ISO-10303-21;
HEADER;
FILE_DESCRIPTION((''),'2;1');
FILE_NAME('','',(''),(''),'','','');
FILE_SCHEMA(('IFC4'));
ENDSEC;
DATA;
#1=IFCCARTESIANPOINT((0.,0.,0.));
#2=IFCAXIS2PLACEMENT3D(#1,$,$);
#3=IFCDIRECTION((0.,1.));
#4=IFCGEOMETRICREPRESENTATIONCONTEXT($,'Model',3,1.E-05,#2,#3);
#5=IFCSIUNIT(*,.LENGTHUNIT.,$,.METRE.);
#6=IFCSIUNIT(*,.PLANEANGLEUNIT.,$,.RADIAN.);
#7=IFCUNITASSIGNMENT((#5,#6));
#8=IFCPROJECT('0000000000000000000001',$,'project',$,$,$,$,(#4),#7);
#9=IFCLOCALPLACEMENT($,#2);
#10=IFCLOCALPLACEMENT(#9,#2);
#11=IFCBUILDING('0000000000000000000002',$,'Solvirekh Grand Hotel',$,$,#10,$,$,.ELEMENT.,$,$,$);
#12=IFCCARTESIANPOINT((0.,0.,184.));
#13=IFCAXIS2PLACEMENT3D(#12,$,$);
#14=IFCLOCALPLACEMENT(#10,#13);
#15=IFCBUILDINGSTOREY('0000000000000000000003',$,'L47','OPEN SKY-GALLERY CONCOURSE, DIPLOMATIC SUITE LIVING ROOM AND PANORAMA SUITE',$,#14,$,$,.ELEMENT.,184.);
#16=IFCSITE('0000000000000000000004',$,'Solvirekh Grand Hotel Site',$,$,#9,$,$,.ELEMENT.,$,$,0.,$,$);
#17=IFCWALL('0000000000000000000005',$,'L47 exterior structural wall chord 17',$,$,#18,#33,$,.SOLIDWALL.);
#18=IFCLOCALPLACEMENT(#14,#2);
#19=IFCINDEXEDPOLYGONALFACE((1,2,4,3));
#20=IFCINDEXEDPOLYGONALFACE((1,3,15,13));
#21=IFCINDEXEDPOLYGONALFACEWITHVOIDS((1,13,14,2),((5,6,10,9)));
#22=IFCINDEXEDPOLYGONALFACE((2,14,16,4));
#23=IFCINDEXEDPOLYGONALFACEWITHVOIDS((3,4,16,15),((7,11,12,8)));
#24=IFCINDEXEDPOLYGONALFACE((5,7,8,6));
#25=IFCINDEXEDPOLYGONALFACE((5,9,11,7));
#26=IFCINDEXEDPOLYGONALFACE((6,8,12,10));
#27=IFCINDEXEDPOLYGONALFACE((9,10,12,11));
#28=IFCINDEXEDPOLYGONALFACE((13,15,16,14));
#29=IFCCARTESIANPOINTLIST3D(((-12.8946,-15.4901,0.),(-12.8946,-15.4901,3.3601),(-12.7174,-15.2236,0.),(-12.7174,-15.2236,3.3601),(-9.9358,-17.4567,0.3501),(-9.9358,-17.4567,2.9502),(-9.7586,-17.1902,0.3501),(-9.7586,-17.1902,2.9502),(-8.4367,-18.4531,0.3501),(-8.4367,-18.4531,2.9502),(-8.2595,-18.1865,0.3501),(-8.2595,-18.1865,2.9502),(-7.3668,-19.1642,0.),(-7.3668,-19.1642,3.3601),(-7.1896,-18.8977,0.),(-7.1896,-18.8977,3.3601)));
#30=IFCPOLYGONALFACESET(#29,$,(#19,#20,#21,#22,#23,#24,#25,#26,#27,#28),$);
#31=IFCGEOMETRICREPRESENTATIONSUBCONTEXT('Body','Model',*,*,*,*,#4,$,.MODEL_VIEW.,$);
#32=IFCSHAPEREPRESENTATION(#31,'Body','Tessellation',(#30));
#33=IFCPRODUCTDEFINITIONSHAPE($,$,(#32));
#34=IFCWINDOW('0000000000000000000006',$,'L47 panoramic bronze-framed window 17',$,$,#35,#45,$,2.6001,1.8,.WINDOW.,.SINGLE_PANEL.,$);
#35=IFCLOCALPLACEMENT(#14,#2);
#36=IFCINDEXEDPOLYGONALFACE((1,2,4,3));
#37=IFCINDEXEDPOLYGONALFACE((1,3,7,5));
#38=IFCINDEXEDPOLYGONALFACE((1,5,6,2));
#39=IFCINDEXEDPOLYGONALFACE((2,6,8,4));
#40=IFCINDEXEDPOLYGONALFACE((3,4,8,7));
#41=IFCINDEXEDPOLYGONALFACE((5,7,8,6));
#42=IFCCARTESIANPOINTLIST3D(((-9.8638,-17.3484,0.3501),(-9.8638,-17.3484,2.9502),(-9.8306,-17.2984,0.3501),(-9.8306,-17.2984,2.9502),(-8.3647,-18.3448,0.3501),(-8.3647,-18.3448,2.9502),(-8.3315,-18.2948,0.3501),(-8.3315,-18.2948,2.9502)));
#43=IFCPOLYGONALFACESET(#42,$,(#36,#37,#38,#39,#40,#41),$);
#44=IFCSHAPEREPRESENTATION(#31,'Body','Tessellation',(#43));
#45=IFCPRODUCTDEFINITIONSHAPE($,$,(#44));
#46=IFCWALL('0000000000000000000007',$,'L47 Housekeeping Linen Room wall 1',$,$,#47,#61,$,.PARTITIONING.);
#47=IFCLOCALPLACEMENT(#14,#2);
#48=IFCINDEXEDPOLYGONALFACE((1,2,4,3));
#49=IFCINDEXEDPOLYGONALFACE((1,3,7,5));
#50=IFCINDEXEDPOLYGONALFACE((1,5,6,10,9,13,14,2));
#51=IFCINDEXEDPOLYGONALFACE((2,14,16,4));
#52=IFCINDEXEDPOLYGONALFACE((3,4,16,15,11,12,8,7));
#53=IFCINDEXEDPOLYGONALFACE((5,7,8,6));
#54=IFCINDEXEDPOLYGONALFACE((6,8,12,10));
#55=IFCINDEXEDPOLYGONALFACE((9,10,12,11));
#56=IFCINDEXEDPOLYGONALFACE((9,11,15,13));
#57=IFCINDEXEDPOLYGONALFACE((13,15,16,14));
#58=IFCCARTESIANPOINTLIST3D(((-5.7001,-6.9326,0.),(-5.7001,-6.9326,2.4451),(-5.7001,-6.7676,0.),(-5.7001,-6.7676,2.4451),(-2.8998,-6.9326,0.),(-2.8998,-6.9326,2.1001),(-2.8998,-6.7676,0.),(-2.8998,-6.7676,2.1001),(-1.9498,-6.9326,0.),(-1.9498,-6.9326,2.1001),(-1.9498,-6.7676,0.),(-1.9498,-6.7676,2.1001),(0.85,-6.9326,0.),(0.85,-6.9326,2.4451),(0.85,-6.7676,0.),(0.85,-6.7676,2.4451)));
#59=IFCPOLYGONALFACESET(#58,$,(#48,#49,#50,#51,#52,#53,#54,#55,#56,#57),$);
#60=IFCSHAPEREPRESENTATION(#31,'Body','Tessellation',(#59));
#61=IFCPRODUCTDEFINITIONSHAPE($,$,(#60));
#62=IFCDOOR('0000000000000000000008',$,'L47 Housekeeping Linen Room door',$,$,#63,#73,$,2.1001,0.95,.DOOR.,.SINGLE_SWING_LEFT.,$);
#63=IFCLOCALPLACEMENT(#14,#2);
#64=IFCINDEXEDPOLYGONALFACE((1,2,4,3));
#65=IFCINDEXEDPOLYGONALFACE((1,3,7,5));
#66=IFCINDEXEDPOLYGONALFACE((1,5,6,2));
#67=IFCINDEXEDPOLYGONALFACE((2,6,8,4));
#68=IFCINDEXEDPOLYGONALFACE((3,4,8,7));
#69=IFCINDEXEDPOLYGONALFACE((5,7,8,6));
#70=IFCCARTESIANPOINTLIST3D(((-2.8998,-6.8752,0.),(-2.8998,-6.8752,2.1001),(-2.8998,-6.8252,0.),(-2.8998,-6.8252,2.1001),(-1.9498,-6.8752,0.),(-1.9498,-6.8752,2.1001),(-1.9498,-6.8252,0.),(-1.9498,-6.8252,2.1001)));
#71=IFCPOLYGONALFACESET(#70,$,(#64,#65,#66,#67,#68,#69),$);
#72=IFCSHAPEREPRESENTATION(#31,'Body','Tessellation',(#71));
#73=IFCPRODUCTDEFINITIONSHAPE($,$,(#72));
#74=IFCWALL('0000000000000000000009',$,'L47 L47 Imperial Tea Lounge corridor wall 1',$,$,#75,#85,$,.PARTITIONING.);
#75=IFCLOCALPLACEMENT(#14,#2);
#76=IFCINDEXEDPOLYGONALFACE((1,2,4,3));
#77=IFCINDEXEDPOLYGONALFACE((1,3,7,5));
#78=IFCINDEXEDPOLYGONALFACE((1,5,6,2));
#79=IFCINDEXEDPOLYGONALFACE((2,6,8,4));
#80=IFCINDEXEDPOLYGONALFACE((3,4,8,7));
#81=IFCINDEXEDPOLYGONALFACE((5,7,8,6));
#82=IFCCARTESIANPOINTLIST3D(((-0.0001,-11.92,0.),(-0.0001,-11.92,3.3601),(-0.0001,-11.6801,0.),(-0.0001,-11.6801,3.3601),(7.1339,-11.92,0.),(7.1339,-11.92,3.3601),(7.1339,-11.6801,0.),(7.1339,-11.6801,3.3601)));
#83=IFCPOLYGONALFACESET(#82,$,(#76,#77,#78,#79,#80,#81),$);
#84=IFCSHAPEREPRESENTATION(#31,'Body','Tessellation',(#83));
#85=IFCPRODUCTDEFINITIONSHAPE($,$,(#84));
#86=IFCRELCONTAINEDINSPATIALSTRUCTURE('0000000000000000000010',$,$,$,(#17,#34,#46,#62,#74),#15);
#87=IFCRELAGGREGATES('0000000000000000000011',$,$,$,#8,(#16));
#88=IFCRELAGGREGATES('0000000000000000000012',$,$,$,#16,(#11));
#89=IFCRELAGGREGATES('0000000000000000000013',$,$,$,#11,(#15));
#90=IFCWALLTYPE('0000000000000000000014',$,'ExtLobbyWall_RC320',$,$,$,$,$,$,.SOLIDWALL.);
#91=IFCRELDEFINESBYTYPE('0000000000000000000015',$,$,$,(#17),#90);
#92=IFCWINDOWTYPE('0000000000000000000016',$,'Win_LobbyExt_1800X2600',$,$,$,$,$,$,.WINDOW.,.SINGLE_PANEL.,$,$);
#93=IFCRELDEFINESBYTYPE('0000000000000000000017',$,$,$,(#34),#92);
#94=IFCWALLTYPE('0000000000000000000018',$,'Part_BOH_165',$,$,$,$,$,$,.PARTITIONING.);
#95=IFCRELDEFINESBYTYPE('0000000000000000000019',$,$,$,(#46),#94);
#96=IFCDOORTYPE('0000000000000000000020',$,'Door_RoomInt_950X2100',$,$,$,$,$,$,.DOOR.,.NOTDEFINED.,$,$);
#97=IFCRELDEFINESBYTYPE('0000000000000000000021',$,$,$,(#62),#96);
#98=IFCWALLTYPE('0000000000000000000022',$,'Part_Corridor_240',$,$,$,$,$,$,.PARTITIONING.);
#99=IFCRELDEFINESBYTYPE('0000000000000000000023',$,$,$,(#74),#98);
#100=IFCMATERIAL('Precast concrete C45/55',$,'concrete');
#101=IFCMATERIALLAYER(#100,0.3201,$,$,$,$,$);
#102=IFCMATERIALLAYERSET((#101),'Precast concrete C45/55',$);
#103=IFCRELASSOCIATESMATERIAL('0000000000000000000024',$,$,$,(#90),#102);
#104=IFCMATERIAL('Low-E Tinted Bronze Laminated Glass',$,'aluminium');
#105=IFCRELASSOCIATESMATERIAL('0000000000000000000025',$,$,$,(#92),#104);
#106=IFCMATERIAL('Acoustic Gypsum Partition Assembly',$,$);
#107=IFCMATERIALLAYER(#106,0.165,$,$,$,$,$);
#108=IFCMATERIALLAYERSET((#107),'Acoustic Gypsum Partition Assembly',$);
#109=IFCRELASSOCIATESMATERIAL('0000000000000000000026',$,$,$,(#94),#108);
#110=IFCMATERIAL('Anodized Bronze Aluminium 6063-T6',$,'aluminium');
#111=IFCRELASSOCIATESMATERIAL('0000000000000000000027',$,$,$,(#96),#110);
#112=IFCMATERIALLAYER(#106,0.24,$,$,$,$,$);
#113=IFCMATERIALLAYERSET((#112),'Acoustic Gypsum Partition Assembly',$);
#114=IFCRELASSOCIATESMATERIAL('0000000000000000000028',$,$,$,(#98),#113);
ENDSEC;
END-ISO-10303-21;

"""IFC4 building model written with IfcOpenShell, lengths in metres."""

from ifc_helpers import new_model, si_unit, direction, frame, frame_2d, origin, place, context, subcontext, project, spatial, rectangle, extrude, material, layer, layer_set, type_object, element, fill, save


model = new_model("IFC4")

# Units and contexts
model_context = context("Model", 3, precision=1e-05, world=origin(), true_north=direction((0.0, 1.0)))
body_context = subcontext(model_context, "Body", "Model", "MODEL_VIEW")
ifc_project = project(units=[si_unit("LENGTHUNIT", "METRE"), si_unit("PLANEANGLEUNIT", "RADIAN")], contexts=[model_context])

# Site, building, storey
site_placement = place(None, origin())
site = spatial("IfcSite", under=ifc_project, at=site_placement, Name="Solvirekh Grand Hotel Site", CompositionType="ELEMENT", RefElevation=0.0)
building_placement = place(site_placement, origin())
building = spatial("IfcBuilding", under=site, at=building_placement, Name="Solvirekh Grand Hotel", CompositionType="ELEMENT")
storey_placement = place(building_placement, frame((0.0, 0.0, 184.0)))
storey = spatial("IfcBuildingStorey", under=building, at=storey_placement, Name="L47", Description="OPEN SKY-GALLERY CONCOURSE, DIPLOMATIC SUITE LIVING ROOM AND PANORAMA SUITE", CompositionType="ELEMENT", Elevation=184.0)

# Shared definitions
ifc_material_1 = material(Name="Anodized Bronze Aluminium 6063-T6", Category="aluminium")
ifc_material_2 = material(Name="Low-E Tinted Bronze Laminated Glass", Category="aluminium")

# Wall, opening, window
ifc_material_3 = material(Name="Precast concrete C45/55", Category="concrete")
ifc_layer_1 = layer(ifc_material_3, 0.3201)
ifc_layer_set_1 = layer_set([ifc_layer_1], Name="Precast concrete C45/55")
wall_type_1 = type_object("IfcWallType", Name="ExtLobbyWall_RC320", PredefinedType="SOLIDWALL", material=ifc_layer_set_1)
wall_1_placement = place(storey_placement, frame((-7.2781, -19.031, 0.0), z_axis=(0.0, 0.0, 1.0), x_axis=(-0.832825, 0.553537, 0.0)))
wall_1 = element("IfcWall", 1, at=wall_1_placement, inside=storey, type_object=wall_type_1, Name="L47 exterior structural wall chord 17", PredefinedType="SOLIDWALL", context=body_context, shape_type="SweptSolid", body=[
    extrude(rectangle(XDim=6.6375, YDim=0.3201, at=frame_2d((3.3188, 0.0))), origin(), (0.0, 0.0, 1.0), 3.3601),
])
opening_1_placement = place(wall_1_placement, frame((1.2849, 0.0, 0.3501)))
opening_1 = element("IfcOpeningElement", 2, at=opening_1_placement, cuts=wall_1, PredefinedType="OPENING", context=body_context, shape_type="SweptSolid", body=[
    extrude(rectangle(XDim=1.8, YDim=2.6001, at=frame_2d((0.8999, 1.3))), frame((0.0, 0.1699, 0.0), z_axis=(0.0, -1.0, 0.0), x_axis=(1.0, 0.0, 0.0)), (0.0, 0.0, 1.0), 0.3401),
])
window_type = type_object("IfcWindowType", Name="Win_LobbyExt_1800X2600", PartitioningType="SINGLE_PANEL", PredefinedType="WINDOW", material=ifc_material_2)
window_placement = place(opening_1_placement, origin())
window = element("IfcWindow", 3, at=window_placement, inside=storey, type_object=window_type, Name="L47 panoramic bronze-framed window 17", OverallHeight=2.6001, OverallWidth=1.8, PartitioningType="SINGLE_PANEL", PredefinedType="WINDOW", context=body_context, shape_type="SweptSolid", body=[
    extrude(rectangle(XDim=1.8, YDim=2.6001, at=frame_2d((0.8999, 1.3))), frame((0.0, 0.03, 0.0), z_axis=(0.0, -1.0, 0.0), x_axis=(1.0, 0.0, 0.0)), (0.0, 0.0, 1.0), 0.0601),
])
fill(opening_1, window)

# Wall, opening, door
ifc_material_4 = material(Name="Acoustic Gypsum Partition Assembly")
ifc_layer_2 = layer(ifc_material_4, 0.165)
ifc_layer_set_2 = layer_set([ifc_layer_2], Name="Acoustic Gypsum Partition Assembly")
wall_type_2 = type_object("IfcWallType", Name="Part_BOH_165", PredefinedType="PARTITIONING", material=ifc_layer_set_2)
wall_2_placement = place(storey_placement, frame((-5.7, -6.8501, 0.0), z_axis=(0.0, 0.0, 1.0), x_axis=(1.0, 0.0, 0.0)))
wall_2 = element("IfcWall", 4, at=wall_2_placement, inside=storey, type_object=wall_type_2, Name="L47 Housekeeping Linen Room wall 1", PredefinedType="PARTITIONING", context=body_context, shape_type="SweptSolid", body=[
    extrude(rectangle(XDim=6.55, YDim=0.165, at=frame_2d((3.2749, 0.0))), origin(), (0.0, 0.0, 1.0), 2.4451),
])
opening_2_placement = place(wall_2_placement, frame((2.8, 0.0, 0.0)))
opening_2 = element("IfcOpeningElement", 5, at=opening_2_placement, cuts=wall_2, PredefinedType="OPENING", context=body_context, shape_type="SweptSolid", body=[
    extrude(rectangle(XDim=0.95, YDim=2.1001, at=frame_2d((0.4751, 1.05))), frame((0.0, 0.0925, 0.0), z_axis=(0.0, -1.0, 0.0), x_axis=(1.0, 0.0, 0.0)), (0.0, 0.0, 1.0), 0.1851),
])
door_type = type_object("IfcDoorType", Name="Door_RoomInt_950X2100", OperationType="NOTDEFINED", PredefinedType="DOOR", material=ifc_material_1)
door_placement = place(opening_2_placement, origin())
door = element("IfcDoor", 6, at=door_placement, inside=storey, type_object=door_type, Name="L47 Housekeeping Linen Room door", OperationType="SINGLE_SWING_LEFT", OverallHeight=2.1001, OverallWidth=0.95, PredefinedType="DOOR", context=body_context, shape_type="SweptSolid", body=[
    extrude(rectangle(XDim=0.95, YDim=2.1001, at=frame_2d((0.4751, 1.05))), frame((0.0, 0.0249, 0.0), z_axis=(0.0, -1.0, 0.0), x_axis=(1.0, 0.0, 0.0)), (0.0, 0.0, 1.0), 0.05),
])
fill(opening_2, door)

# Wall
ifc_layer_3 = layer(ifc_material_4, 0.24)
ifc_layer_set_3 = layer_set([ifc_layer_3], Name="Acoustic Gypsum Partition Assembly")
wall_type_3 = type_object("IfcWallType", Name="Part_Corridor_240", PredefinedType="PARTITIONING", material=ifc_layer_set_3)
wall_3_placement = place(storey_placement, frame((0.0, -11.8, 0.0), z_axis=(0.0, 0.0, 1.0), x_axis=(1.0, 0.0, 0.0)))
element("IfcWall", 7, at=wall_3_placement, inside=storey, type_object=wall_type_3, Name="L47 L47 Imperial Tea Lounge corridor wall 1", PredefinedType="PARTITIONING", context=body_context, shape_type="SweptSolid", body=[
    extrude(rectangle(XDim=7.134, YDim=0.24, at=frame_2d((3.5669, 0.0))), origin(), (0.0, 0.0, 1.0), 3.3601),
])

save(model, "model.ifc")
